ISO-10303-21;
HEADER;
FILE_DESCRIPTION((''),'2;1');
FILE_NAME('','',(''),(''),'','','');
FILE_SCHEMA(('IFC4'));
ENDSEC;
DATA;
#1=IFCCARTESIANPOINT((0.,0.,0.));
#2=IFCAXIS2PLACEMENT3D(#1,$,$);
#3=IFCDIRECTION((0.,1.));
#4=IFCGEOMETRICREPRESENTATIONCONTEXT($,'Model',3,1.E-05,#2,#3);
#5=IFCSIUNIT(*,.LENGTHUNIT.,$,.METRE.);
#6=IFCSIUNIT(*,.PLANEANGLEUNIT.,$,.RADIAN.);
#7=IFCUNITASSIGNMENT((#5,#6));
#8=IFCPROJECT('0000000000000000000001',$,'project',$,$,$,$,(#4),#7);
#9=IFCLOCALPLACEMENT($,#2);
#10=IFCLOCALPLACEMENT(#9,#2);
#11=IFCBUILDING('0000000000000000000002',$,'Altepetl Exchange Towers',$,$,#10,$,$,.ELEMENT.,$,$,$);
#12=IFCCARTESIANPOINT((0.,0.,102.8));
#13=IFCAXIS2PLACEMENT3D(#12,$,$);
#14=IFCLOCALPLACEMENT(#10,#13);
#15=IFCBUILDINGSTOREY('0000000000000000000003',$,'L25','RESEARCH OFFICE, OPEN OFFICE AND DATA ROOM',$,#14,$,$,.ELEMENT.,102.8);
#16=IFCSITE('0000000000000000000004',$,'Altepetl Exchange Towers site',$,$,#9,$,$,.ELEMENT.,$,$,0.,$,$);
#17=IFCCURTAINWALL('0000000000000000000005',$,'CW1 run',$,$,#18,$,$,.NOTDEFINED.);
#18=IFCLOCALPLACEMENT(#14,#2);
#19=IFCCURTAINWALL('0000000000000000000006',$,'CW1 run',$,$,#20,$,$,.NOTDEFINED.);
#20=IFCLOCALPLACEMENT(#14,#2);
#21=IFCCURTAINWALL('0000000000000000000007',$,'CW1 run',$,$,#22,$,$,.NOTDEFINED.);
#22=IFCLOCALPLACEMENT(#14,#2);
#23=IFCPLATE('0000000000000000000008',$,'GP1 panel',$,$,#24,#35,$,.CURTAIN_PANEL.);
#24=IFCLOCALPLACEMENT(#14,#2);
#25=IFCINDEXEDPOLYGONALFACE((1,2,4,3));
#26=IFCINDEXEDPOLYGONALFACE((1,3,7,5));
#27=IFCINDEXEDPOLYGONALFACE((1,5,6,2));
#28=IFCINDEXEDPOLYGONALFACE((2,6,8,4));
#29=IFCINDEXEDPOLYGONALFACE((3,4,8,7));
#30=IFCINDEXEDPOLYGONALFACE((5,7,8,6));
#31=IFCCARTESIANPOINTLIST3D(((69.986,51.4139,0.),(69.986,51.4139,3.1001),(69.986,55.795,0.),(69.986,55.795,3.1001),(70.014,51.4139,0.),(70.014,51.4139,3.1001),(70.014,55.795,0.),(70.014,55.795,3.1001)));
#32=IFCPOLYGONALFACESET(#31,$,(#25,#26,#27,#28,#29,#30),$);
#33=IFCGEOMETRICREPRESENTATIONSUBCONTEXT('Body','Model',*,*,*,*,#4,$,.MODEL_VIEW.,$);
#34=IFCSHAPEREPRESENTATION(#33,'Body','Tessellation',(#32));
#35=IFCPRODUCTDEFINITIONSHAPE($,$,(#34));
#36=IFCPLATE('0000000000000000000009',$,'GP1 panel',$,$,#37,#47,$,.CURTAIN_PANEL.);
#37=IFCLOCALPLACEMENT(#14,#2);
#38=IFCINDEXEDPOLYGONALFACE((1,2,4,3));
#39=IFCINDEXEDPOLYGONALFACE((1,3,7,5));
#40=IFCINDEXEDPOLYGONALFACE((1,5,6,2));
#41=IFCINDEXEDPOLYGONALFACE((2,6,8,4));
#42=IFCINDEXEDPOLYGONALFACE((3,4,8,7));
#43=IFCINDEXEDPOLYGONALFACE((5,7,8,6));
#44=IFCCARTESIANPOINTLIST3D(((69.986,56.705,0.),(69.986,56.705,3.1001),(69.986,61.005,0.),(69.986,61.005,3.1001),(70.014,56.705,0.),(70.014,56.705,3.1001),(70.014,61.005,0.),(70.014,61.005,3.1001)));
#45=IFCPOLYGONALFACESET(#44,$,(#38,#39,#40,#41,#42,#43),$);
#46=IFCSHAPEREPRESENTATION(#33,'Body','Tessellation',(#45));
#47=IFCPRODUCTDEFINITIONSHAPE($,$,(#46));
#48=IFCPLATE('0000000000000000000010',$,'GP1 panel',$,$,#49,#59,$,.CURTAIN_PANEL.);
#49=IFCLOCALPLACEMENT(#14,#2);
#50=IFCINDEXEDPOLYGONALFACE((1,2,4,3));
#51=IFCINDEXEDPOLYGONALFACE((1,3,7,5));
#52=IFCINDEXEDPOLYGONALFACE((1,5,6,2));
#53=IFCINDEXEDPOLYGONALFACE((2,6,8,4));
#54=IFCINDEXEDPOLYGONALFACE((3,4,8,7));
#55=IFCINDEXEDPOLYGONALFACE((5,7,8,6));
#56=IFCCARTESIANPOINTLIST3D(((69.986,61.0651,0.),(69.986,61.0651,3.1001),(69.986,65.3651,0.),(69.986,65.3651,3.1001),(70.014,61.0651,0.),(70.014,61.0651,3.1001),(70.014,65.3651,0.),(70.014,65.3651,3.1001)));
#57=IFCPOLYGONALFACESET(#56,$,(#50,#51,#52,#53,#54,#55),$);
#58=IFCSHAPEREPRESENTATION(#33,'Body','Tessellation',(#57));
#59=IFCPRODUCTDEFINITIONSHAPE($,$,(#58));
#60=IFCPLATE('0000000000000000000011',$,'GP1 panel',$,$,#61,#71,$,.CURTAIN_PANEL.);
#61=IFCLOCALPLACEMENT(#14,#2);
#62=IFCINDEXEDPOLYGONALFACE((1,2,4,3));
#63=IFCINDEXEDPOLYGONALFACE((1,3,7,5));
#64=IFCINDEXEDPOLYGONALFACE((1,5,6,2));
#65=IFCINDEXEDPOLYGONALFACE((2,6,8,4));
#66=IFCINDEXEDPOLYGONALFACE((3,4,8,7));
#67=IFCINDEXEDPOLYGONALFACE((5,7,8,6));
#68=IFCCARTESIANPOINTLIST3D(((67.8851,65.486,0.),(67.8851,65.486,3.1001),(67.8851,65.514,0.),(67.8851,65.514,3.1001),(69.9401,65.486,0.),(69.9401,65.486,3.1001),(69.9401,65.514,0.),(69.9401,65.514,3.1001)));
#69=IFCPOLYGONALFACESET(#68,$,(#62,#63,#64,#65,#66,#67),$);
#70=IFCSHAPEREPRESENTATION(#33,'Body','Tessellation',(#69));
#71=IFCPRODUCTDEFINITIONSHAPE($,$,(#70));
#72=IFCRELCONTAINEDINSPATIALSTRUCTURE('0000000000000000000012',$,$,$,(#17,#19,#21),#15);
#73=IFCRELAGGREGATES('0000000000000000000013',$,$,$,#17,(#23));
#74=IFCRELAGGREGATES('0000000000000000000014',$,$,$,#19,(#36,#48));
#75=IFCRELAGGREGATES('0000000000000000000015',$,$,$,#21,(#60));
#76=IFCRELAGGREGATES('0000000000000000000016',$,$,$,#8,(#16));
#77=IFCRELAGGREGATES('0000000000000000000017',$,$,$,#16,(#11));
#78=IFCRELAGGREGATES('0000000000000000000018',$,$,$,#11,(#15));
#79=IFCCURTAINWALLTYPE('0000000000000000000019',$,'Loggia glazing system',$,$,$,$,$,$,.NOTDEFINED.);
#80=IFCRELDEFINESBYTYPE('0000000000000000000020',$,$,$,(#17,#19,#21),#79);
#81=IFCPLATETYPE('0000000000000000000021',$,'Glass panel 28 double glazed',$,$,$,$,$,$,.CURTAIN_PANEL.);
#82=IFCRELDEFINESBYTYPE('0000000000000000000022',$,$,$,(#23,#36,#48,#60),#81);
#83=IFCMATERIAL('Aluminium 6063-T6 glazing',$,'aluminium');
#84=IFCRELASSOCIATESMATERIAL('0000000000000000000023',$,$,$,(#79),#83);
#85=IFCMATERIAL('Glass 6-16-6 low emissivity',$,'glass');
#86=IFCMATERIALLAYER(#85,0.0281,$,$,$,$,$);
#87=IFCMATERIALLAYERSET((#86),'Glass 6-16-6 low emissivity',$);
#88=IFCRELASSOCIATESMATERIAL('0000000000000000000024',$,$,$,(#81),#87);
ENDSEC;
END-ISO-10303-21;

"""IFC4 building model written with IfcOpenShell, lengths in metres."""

from ifc_helpers import new_model, si_unit, direction, frame, origin, origin_2d, place, context, subcontext, project, spatial, rectangle, extrude, material, layer, layer_set, type_object, element, aggregate, save


model = new_model("IFC4")

# Units and contexts
model_context = context("Model", 3, precision=1e-05, world=origin(), true_north=direction((0.0, 1.0)))
body_context = subcontext(model_context, "Body", "Model", "MODEL_VIEW")
ifc_project = project(units=[si_unit("LENGTHUNIT", "METRE"), si_unit("PLANEANGLEUNIT", "RADIAN")], contexts=[model_context])

# Site, building, storey
site_placement = place(None, origin())
site = spatial("IfcSite", under=ifc_project, at=site_placement, Name="Altepetl Exchange Towers site", CompositionType="ELEMENT", RefElevation=0.0)
building_placement = place(site_placement, origin())
building = spatial("IfcBuilding", under=site, at=building_placement, Name="Altepetl Exchange Towers", CompositionType="ELEMENT")
storey_placement = place(building_placement, frame((0.0, 0.0, 102.8)))
storey = spatial("IfcBuildingStorey", under=building, at=storey_placement, Name="L25", Description="RESEARCH OFFICE, OPEN OFFICE AND DATA ROOM", CompositionType="ELEMENT", Elevation=102.8)

# Curtain walls
ifc_material_1 = material(Name="Aluminium 6063-T6 glazing", Category="aluminium")
curtain_wall_type = type_object("IfcCurtainWallType", Name="Loggia glazing system", PredefinedType="NOTDEFINED", material=ifc_material_1)
curtain_wall_1_placement = place(storey_placement, origin())
curtain_wall_1 = element("IfcCurtainWall", 1, at=curtain_wall_1_placement, inside=storey, type_object=curtain_wall_type, Name="CW1 run", PredefinedType="NOTDEFINED")
curtain_wall_2_placement = place(storey_placement, origin())
curtain_wall_2 = element("IfcCurtainWall", 2, at=curtain_wall_2_placement, inside=storey, type_object=curtain_wall_type, Name="CW1 run", PredefinedType="NOTDEFINED")
curtain_wall_3_placement = place(storey_placement, origin())
curtain_wall_3 = element("IfcCurtainWall", 3, at=curtain_wall_3_placement, inside=storey, type_object=curtain_wall_type, Name="CW1 run", PredefinedType="NOTDEFINED")

# Plates
ifc_material_2 = material(Name="Glass 6-16-6 low emissivity", Category="glass")
ifc_layer = layer(ifc_material_2, 0.0281)
ifc_layer_set = layer_set([ifc_layer], Name="Glass 6-16-6 low emissivity")
plate_type = type_object("IfcPlateType", Name="Glass panel 28 double glazed", PredefinedType="CURTAIN_PANEL", material=ifc_layer_set)
plate_1_placement = place(storey_placement, frame((70.0, 53.6045, 0.0), z_axis=(0.0, 0.0, 1.0), x_axis=(0.0, 1.0, 0.0)))
plate_1 = element("IfcPlate", 4, at=plate_1_placement, type_object=plate_type, Name="GP1 panel", PredefinedType="CURTAIN_PANEL", context=body_context, shape_type="SweptSolid", body=[
    extrude(rectangle(XDim=4.3811, YDim=0.0281, at=origin_2d()), origin(), (0.0, 0.0, 1.0), 3.1001),
])
aggregate(curtain_wall_1, [plate_1])
plate_2_placement = place(storey_placement, frame((70.0, 58.855, 0.0), z_axis=(0.0, 0.0, 1.0), x_axis=(0.0, 1.0, 0.0)))
plate_2 = element("IfcPlate", 5, at=plate_2_placement, type_object=plate_type, Name="GP1 panel", PredefinedType="CURTAIN_PANEL", context=body_context, shape_type="SweptSolid", body=[
    extrude(rectangle(XDim=4.3, YDim=0.0281, at=origin_2d()), origin(), (0.0, 0.0, 1.0), 3.1001),
])
plate_3_placement = place(storey_placement, frame((70.0, 63.2151, 0.0), z_axis=(0.0, 0.0, 1.0), x_axis=(0.0, 1.0, 0.0)))
plate_3 = element("IfcPlate", 6, at=plate_3_placement, type_object=plate_type, Name="GP1 panel", PredefinedType="CURTAIN_PANEL", context=body_context, shape_type="SweptSolid", body=[
    extrude(rectangle(XDim=4.3, YDim=0.0281, at=origin_2d()), origin(), (0.0, 0.0, 1.0), 3.1001),
])
aggregate(curtain_wall_2, [plate_2, plate_3])
plate_4_placement = place(storey_placement, frame((68.9126, 65.5, 0.0), z_axis=(0.0, 0.0, 1.0), x_axis=(-1.0, 0.0, 0.0)))
plate_4 = element("IfcPlate", 7, at=plate_4_placement, type_object=plate_type, Name="GP1 panel", PredefinedType="CURTAIN_PANEL", context=body_context, shape_type="SweptSolid", body=[
    extrude(rectangle(XDim=2.0549, YDim=0.0281, at=origin_2d()), origin(), (0.0, 0.0, 1.0), 3.1001),
])
aggregate(curtain_wall_3, [plate_4])

save(model, "model.ifc")
